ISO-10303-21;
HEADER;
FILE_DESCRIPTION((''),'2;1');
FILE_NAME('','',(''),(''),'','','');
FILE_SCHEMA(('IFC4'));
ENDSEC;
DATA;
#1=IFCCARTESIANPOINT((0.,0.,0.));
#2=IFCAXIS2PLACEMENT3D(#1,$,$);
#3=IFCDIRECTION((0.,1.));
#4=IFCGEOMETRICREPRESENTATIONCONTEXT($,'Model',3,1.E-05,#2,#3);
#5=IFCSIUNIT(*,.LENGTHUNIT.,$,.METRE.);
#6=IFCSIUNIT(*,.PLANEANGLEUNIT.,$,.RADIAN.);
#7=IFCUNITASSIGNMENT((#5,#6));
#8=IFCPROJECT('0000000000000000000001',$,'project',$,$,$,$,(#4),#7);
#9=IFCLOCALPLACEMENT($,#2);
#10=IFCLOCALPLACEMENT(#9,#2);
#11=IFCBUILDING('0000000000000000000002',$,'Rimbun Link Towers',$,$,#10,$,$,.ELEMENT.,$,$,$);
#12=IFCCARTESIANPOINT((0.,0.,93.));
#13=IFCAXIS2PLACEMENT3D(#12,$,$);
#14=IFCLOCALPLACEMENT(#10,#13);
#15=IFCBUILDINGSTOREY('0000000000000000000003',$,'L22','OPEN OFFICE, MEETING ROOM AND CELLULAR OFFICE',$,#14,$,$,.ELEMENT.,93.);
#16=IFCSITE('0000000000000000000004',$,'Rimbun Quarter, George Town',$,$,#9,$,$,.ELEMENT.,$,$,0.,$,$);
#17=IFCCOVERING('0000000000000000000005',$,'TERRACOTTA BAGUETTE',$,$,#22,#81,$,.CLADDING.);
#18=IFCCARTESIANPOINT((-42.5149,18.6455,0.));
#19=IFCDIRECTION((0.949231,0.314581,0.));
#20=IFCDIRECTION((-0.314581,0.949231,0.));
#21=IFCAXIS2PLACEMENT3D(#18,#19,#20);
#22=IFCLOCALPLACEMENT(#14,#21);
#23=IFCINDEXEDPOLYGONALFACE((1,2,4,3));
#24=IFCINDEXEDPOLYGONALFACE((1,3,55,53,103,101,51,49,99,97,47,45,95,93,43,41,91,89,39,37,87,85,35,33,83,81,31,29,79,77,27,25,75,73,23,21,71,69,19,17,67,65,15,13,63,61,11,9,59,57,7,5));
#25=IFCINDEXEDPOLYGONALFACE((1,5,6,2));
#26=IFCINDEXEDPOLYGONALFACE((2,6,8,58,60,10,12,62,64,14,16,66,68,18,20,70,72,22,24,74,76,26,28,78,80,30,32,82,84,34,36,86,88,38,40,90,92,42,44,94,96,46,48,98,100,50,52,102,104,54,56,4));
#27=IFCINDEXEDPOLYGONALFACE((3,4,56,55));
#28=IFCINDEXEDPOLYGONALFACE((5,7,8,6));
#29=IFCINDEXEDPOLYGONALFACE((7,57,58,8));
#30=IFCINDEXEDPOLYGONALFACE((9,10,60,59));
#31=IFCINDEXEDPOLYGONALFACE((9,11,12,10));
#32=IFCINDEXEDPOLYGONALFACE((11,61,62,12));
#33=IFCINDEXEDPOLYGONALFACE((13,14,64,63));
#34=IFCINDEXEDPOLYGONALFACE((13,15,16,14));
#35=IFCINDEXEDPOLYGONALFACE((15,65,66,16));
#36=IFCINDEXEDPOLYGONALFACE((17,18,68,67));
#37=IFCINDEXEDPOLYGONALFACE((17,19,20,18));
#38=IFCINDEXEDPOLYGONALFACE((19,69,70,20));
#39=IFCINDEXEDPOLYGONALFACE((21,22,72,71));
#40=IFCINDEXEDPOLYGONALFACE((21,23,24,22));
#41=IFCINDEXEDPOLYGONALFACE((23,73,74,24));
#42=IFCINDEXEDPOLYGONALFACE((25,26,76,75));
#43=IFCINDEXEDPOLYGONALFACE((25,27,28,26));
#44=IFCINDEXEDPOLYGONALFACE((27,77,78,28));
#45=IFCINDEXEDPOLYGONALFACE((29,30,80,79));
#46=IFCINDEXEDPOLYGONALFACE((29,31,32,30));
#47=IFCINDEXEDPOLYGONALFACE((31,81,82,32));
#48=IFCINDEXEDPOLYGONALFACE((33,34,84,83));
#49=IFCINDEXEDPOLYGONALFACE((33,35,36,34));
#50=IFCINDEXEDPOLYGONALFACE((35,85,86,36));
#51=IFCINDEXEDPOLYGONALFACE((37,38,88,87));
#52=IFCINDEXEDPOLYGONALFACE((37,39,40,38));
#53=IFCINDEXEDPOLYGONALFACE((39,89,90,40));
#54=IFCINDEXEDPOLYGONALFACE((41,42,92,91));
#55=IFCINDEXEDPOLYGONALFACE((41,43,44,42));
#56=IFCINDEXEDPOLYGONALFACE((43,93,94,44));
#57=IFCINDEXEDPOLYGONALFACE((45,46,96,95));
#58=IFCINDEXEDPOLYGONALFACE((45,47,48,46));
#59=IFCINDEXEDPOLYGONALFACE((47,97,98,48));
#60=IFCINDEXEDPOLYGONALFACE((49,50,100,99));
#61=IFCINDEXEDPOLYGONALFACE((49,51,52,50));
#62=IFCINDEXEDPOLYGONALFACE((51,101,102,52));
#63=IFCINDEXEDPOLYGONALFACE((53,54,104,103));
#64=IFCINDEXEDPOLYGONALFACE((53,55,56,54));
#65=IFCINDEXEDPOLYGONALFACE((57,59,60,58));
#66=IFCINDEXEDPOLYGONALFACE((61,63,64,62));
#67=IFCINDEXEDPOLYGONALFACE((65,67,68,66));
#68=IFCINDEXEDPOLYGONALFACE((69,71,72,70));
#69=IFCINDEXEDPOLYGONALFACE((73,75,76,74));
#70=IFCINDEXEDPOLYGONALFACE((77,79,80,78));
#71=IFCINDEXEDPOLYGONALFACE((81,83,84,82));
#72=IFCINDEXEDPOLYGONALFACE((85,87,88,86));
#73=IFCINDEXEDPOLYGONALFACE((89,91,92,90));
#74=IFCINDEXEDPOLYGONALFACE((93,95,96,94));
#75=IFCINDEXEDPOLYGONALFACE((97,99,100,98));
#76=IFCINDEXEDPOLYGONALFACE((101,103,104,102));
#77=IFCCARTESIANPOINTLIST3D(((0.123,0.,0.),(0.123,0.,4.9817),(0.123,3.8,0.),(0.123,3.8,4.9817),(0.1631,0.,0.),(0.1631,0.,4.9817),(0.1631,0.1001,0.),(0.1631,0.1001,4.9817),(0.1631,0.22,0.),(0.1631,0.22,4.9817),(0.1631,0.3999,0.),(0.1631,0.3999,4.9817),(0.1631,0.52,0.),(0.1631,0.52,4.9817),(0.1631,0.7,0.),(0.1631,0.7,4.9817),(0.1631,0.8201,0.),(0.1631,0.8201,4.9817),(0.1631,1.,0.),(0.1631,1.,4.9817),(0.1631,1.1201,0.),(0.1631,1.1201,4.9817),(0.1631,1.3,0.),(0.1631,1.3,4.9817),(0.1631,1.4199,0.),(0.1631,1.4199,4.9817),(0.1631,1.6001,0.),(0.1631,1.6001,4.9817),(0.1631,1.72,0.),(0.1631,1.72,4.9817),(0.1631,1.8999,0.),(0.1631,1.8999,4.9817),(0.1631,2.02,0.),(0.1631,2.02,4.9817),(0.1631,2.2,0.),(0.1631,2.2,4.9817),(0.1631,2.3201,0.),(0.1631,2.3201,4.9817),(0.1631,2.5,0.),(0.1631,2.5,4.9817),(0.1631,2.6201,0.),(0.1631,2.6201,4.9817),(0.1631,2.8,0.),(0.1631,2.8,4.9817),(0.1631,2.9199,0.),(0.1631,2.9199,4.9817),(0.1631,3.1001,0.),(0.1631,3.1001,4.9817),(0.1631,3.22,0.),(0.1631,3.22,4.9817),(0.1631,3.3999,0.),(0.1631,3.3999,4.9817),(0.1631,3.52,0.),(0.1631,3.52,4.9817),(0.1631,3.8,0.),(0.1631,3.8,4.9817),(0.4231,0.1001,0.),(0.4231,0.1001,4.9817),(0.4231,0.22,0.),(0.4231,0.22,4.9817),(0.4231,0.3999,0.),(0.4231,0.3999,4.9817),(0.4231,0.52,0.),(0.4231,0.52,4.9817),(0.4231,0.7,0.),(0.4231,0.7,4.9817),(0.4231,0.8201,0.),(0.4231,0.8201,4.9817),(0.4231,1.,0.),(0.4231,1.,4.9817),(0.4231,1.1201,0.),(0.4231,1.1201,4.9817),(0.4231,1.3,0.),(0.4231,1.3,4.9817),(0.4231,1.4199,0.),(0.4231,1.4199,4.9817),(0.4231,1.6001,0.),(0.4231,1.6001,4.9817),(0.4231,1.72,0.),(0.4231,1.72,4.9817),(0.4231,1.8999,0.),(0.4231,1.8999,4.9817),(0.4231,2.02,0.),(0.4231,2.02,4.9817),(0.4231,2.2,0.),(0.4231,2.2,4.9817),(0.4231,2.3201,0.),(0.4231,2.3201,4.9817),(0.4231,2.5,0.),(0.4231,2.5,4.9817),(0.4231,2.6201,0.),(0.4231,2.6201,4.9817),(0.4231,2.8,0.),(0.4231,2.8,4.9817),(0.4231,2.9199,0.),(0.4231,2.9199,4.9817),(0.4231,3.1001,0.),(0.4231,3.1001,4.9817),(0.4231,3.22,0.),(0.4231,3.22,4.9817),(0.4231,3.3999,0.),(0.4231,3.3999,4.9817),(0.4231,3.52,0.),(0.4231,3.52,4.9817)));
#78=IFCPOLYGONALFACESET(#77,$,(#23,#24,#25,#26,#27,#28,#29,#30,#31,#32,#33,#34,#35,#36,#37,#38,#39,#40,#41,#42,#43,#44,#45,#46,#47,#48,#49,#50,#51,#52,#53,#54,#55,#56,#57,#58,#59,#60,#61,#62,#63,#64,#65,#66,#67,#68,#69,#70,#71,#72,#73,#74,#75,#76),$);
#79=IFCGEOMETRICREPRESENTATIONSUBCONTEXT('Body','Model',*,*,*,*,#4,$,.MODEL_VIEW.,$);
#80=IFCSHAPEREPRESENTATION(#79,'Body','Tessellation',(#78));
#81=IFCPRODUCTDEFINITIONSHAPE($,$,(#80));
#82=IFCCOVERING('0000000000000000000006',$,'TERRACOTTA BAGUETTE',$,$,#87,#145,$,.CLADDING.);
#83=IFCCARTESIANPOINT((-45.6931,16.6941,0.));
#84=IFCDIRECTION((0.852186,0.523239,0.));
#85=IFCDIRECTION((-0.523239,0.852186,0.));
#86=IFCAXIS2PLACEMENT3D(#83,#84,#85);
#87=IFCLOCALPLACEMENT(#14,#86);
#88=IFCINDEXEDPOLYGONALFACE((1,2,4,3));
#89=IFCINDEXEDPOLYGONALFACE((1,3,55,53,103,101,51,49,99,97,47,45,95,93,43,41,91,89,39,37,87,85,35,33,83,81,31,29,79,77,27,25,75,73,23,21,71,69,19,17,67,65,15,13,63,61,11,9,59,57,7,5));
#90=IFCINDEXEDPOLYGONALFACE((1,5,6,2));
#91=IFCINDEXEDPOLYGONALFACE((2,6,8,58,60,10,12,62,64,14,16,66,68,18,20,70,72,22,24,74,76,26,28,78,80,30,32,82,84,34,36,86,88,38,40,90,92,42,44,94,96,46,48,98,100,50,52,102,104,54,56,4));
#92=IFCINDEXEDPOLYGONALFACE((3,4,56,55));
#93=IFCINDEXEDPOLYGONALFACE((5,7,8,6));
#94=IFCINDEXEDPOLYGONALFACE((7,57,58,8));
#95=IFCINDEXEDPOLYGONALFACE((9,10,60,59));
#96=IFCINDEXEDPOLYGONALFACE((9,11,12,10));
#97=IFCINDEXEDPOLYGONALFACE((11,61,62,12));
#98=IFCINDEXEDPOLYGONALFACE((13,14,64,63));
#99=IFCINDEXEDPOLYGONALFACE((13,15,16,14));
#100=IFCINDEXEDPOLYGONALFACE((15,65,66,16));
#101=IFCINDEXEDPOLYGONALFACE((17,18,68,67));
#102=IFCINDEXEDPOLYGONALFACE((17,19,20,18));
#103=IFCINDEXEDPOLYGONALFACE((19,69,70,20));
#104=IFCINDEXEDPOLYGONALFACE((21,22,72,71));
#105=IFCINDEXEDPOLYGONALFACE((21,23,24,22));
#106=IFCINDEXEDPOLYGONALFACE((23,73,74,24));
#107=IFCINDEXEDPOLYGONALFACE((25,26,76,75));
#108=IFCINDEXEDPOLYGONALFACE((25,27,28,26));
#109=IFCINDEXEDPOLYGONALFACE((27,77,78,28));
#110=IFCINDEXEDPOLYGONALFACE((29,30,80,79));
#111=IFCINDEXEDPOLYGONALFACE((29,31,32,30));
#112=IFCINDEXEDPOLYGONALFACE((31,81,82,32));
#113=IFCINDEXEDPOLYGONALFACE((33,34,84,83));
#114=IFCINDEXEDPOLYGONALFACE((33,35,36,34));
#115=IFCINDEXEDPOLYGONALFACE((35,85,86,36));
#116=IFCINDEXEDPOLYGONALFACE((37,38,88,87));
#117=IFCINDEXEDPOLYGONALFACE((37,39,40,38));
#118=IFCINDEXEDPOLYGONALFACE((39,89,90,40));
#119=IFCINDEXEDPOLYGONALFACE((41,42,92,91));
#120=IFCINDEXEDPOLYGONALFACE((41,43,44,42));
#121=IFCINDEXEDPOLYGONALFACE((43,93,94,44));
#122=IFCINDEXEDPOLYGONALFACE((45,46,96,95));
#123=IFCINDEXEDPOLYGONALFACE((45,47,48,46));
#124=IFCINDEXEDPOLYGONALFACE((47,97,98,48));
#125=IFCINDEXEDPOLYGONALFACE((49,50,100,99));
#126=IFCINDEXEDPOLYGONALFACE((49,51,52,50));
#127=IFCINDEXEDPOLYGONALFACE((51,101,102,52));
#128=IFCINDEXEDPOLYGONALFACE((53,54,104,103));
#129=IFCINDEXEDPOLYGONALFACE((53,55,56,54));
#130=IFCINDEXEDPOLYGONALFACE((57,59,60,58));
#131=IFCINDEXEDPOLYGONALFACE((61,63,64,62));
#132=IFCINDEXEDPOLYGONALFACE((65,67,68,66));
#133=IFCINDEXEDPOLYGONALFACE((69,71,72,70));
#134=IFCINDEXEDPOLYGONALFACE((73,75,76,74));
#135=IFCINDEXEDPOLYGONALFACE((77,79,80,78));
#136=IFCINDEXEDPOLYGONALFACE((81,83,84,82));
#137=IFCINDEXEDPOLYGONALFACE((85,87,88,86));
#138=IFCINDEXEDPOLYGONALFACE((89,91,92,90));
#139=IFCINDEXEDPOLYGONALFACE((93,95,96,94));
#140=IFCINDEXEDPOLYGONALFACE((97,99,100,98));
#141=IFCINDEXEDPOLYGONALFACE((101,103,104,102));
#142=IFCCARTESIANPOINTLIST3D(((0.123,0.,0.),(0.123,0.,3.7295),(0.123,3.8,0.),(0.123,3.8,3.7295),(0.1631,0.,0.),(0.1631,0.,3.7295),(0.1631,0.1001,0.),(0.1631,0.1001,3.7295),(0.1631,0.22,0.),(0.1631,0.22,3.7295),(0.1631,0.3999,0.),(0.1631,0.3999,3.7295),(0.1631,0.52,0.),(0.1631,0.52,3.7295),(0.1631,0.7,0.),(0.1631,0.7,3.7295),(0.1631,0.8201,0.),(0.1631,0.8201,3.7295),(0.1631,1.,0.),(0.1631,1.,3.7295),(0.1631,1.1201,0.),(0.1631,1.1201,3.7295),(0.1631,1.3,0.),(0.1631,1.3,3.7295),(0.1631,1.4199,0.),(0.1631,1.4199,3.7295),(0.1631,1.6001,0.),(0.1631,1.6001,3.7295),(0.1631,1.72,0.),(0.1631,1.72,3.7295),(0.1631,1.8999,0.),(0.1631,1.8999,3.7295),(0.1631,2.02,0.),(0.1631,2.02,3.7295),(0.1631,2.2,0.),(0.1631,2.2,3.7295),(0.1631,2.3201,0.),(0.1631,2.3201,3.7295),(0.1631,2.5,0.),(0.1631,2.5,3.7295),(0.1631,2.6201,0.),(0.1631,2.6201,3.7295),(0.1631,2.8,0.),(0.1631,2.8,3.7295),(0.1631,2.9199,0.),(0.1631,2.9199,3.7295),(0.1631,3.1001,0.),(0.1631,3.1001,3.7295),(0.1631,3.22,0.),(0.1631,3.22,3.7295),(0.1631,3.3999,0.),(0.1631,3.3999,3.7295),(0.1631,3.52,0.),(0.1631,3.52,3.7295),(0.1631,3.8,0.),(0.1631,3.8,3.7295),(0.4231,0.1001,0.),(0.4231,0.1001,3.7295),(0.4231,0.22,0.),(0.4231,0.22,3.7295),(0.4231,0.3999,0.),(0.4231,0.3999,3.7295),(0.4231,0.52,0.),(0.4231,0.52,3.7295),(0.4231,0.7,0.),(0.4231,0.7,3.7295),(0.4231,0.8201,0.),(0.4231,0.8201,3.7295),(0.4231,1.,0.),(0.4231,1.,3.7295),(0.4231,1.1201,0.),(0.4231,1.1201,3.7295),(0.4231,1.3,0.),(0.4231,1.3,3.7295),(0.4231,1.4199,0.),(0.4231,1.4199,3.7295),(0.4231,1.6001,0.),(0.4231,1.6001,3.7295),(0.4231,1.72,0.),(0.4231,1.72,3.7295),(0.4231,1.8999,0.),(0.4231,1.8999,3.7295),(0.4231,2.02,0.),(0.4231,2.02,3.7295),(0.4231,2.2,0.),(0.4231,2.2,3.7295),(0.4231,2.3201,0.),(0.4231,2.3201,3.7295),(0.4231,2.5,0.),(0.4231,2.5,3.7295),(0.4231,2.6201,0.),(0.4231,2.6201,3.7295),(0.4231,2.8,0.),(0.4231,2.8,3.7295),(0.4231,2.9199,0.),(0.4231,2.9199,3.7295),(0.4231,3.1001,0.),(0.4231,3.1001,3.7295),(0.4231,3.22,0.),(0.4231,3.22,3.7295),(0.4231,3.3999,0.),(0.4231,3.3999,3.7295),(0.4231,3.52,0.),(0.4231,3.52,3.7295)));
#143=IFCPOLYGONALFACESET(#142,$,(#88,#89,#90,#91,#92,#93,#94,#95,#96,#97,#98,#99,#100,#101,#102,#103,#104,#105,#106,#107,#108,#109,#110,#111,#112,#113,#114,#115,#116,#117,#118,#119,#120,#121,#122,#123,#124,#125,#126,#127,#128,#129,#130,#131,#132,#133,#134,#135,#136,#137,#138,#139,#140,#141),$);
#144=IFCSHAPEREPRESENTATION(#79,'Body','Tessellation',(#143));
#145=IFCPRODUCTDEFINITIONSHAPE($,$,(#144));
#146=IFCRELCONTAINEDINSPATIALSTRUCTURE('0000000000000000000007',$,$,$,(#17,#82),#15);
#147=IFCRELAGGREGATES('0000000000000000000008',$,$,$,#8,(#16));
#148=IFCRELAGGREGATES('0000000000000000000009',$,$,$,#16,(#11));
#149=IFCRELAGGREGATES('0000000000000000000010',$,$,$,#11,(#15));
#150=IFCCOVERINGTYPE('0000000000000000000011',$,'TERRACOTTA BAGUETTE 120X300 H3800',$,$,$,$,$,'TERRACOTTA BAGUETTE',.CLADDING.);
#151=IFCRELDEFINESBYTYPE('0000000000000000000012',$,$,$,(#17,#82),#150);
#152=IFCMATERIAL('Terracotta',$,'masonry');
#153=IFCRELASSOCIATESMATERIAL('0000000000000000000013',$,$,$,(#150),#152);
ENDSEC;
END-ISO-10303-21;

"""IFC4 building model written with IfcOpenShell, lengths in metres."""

from ifc_helpers import new_model, si_unit, direction, frame, origin, place, context, subcontext, project, spatial, polyline, outline, extrude, material, material_profile, profile_set, type_object, element, save


model = new_model("IFC4")

# Units and contexts
model_context = context("Model", 3, precision=1e-05, world=origin(), true_north=direction((0.0, 1.0)))
body_context = subcontext(model_context, "Body", "Model", "MODEL_VIEW")
ifc_project = project(units=[si_unit("LENGTHUNIT", "METRE"), si_unit("PLANEANGLEUNIT", "RADIAN")], contexts=[model_context])

# Site, building, storey
site_placement = place(None, origin())
site = spatial("IfcSite", under=ifc_project, at=site_placement, Name="Rimbun Quarter, George Town", CompositionType="ELEMENT", RefElevation=0.0)
building_placement = place(site_placement, origin())
building = spatial("IfcBuilding", under=site, at=building_placement, Name="Rimbun Link Towers", CompositionType="ELEMENT")
storey_placement = place(building_placement, frame((0.0, 0.0, 93.0)))
storey = spatial("IfcBuildingStorey", under=building, at=storey_placement, Name="L22", Description="OPEN OFFICE, MEETING ROOM AND CELLULAR OFFICE", CompositionType="ELEMENT", Elevation=93.0)

# Coverings
ifc_material_1 = material(Name="Terracotta", Category="masonry")
ifc_material_profile_1 = material_profile(ifc_material_1, outline(polyline([(0.123, 0.0), (0.1631, 0.0), (0.1631, 0.1001), (0.4231, 0.1001), (0.4231, 0.22), (0.1631, 0.22), (0.1631, 0.3999), (0.4231, 0.3999), (0.4231, 0.52), (0.1631, 0.52), (0.1631, 0.7), (0.4231, 0.7), (0.4231, 0.8201), (0.1631, 0.8201), (0.1631, 1.0), (0.4231, 1.0), (0.4231, 1.1201), (0.1631, 1.1201), (0.1631, 1.3), (0.4231, 1.3), (0.4231, 1.4199), (0.1631, 1.4199), (0.1631, 1.6001), (0.4231, 1.6001), (0.4231, 1.72), (0.1631, 1.72), (0.1631, 1.8999), (0.4231, 1.8999), (0.4231, 2.02), (0.1631, 2.02), (0.1631, 2.2), (0.4231, 2.2), (0.4231, 2.3201), (0.1631, 2.3201), (0.1631, 2.5), (0.4231, 2.5), (0.4231, 2.6201), (0.1631, 2.6201), (0.1631, 2.8), (0.4231, 2.8), (0.4231, 2.9199), (0.1631, 2.9199), (0.1631, 3.1001), (0.4231, 3.1001), (0.4231, 3.22), (0.1631, 3.22), (0.1631, 3.3999), (0.4231, 3.3999), (0.4231, 3.52), (0.1631, 3.52), (0.1631, 3.8), (0.123, 3.8), (0.123, 0.0)])), Name="BAGUETTE 120X300")
ifc_profile_set_1 = profile_set([ifc_material_profile_1], Name="Terracotta")
covering_type = type_object("IfcCoveringType", Name="TERRACOTTA BAGUETTE 120X300 H3800", ElementType="TERRACOTTA BAGUETTE", PredefinedType="CLADDING", material=ifc_profile_set_1)
covering_1_placement = place(storey_placement, frame((-42.5149, 18.6455, 0.0), z_axis=(0.949231, 0.314581, 0.0), x_axis=(-0.314581, 0.949231, 0.0)))
element("IfcCovering", 1, at=covering_1_placement, inside=storey, type_object=covering_type, Name="TERRACOTTA BAGUETTE", PredefinedType="CLADDING", context=body_context, shape_type="SweptSolid", body=[
    extrude(outline(polyline([(0.123, 0.0), (0.1631, 0.0), (0.1631, 0.1001), (0.4231, 0.1001), (0.4231, 0.22), (0.1631, 0.22), (0.1631, 0.3999), (0.4231, 0.3999), (0.4231, 0.52), (0.1631, 0.52), (0.1631, 0.7), (0.4231, 0.7), (0.4231, 0.8201), (0.1631, 0.8201), (0.1631, 1.0), (0.4231, 1.0), (0.4231, 1.1201), (0.1631, 1.1201), (0.1631, 1.3), (0.4231, 1.3), (0.4231, 1.4199), (0.1631, 1.4199), (0.1631, 1.6001), (0.4231, 1.6001), (0.4231, 1.72), (0.1631, 1.72), (0.1631, 1.8999), (0.4231, 1.8999), (0.4231, 2.02), (0.1631, 2.02), (0.1631, 2.2), (0.4231, 2.2), (0.4231, 2.3201), (0.1631, 2.3201), (0.1631, 2.5), (0.4231, 2.5), (0.4231, 2.6201), (0.1631, 2.6201), (0.1631, 2.8), (0.4231, 2.8), (0.4231, 2.9199), (0.1631, 2.9199), (0.1631, 3.1001), (0.4231, 3.1001), (0.4231, 3.22), (0.1631, 3.22), (0.1631, 3.3999), (0.4231, 3.3999), (0.4231, 3.52), (0.1631, 3.52), (0.1631, 3.8), (0.123, 3.8), (0.123, 0.0)])), origin(), (0.0, 0.0, 1.0), 4.9817),
])
covering_2_placement = place(storey_placement, frame((-45.6931, 16.6941, 0.0), z_axis=(0.852186, 0.523239, 0.0), x_axis=(-0.523239, 0.852186, 0.0)))
element("IfcCovering", 2, at=covering_2_placement, inside=storey, type_object=covering_type, Name="TERRACOTTA BAGUETTE", PredefinedType="CLADDING", context=body_context, shape_type="SweptSolid", body=[
    extrude(outline(polyline([(0.123, 0.0), (0.1631, 0.0), (0.1631, 0.1001), (0.4231, 0.1001), (0.4231, 0.22), (0.1631, 0.22), (0.1631, 0.3999), (0.4231, 0.3999), (0.4231, 0.52), (0.1631, 0.52), (0.1631, 0.7), (0.4231, 0.7), (0.4231, 0.8201), (0.1631, 0.8201), (0.1631, 1.0), (0.4231, 1.0), (0.4231, 1.1201), (0.1631, 1.1201), (0.1631, 1.3), (0.4231, 1.3), (0.4231, 1.4199), (0.1631, 1.4199), (0.1631, 1.6001), (0.4231, 1.6001), (0.4231, 1.72), (0.1631, 1.72), (0.1631, 1.8999), (0.4231, 1.8999), (0.4231, 2.02), (0.1631, 2.02), (0.1631, 2.2), (0.4231, 2.2), (0.4231, 2.3201), (0.1631, 2.3201), (0.1631, 2.5), (0.4231, 2.5), (0.4231, 2.6201), (0.1631, 2.6201), (0.1631, 2.8), (0.4231, 2.8), (0.4231, 2.9199), (0.1631, 2.9199), (0.1631, 3.1001), (0.4231, 3.1001), (0.4231, 3.22), (0.1631, 3.22), (0.1631, 3.3999), (0.4231, 3.3999), (0.4231, 3.52), (0.1631, 3.52), (0.1631, 3.8), (0.123, 3.8), (0.123, 0.0)])), origin(), (0.0, 0.0, 1.0), 3.7295),
])

save(model, "model.ifc")
